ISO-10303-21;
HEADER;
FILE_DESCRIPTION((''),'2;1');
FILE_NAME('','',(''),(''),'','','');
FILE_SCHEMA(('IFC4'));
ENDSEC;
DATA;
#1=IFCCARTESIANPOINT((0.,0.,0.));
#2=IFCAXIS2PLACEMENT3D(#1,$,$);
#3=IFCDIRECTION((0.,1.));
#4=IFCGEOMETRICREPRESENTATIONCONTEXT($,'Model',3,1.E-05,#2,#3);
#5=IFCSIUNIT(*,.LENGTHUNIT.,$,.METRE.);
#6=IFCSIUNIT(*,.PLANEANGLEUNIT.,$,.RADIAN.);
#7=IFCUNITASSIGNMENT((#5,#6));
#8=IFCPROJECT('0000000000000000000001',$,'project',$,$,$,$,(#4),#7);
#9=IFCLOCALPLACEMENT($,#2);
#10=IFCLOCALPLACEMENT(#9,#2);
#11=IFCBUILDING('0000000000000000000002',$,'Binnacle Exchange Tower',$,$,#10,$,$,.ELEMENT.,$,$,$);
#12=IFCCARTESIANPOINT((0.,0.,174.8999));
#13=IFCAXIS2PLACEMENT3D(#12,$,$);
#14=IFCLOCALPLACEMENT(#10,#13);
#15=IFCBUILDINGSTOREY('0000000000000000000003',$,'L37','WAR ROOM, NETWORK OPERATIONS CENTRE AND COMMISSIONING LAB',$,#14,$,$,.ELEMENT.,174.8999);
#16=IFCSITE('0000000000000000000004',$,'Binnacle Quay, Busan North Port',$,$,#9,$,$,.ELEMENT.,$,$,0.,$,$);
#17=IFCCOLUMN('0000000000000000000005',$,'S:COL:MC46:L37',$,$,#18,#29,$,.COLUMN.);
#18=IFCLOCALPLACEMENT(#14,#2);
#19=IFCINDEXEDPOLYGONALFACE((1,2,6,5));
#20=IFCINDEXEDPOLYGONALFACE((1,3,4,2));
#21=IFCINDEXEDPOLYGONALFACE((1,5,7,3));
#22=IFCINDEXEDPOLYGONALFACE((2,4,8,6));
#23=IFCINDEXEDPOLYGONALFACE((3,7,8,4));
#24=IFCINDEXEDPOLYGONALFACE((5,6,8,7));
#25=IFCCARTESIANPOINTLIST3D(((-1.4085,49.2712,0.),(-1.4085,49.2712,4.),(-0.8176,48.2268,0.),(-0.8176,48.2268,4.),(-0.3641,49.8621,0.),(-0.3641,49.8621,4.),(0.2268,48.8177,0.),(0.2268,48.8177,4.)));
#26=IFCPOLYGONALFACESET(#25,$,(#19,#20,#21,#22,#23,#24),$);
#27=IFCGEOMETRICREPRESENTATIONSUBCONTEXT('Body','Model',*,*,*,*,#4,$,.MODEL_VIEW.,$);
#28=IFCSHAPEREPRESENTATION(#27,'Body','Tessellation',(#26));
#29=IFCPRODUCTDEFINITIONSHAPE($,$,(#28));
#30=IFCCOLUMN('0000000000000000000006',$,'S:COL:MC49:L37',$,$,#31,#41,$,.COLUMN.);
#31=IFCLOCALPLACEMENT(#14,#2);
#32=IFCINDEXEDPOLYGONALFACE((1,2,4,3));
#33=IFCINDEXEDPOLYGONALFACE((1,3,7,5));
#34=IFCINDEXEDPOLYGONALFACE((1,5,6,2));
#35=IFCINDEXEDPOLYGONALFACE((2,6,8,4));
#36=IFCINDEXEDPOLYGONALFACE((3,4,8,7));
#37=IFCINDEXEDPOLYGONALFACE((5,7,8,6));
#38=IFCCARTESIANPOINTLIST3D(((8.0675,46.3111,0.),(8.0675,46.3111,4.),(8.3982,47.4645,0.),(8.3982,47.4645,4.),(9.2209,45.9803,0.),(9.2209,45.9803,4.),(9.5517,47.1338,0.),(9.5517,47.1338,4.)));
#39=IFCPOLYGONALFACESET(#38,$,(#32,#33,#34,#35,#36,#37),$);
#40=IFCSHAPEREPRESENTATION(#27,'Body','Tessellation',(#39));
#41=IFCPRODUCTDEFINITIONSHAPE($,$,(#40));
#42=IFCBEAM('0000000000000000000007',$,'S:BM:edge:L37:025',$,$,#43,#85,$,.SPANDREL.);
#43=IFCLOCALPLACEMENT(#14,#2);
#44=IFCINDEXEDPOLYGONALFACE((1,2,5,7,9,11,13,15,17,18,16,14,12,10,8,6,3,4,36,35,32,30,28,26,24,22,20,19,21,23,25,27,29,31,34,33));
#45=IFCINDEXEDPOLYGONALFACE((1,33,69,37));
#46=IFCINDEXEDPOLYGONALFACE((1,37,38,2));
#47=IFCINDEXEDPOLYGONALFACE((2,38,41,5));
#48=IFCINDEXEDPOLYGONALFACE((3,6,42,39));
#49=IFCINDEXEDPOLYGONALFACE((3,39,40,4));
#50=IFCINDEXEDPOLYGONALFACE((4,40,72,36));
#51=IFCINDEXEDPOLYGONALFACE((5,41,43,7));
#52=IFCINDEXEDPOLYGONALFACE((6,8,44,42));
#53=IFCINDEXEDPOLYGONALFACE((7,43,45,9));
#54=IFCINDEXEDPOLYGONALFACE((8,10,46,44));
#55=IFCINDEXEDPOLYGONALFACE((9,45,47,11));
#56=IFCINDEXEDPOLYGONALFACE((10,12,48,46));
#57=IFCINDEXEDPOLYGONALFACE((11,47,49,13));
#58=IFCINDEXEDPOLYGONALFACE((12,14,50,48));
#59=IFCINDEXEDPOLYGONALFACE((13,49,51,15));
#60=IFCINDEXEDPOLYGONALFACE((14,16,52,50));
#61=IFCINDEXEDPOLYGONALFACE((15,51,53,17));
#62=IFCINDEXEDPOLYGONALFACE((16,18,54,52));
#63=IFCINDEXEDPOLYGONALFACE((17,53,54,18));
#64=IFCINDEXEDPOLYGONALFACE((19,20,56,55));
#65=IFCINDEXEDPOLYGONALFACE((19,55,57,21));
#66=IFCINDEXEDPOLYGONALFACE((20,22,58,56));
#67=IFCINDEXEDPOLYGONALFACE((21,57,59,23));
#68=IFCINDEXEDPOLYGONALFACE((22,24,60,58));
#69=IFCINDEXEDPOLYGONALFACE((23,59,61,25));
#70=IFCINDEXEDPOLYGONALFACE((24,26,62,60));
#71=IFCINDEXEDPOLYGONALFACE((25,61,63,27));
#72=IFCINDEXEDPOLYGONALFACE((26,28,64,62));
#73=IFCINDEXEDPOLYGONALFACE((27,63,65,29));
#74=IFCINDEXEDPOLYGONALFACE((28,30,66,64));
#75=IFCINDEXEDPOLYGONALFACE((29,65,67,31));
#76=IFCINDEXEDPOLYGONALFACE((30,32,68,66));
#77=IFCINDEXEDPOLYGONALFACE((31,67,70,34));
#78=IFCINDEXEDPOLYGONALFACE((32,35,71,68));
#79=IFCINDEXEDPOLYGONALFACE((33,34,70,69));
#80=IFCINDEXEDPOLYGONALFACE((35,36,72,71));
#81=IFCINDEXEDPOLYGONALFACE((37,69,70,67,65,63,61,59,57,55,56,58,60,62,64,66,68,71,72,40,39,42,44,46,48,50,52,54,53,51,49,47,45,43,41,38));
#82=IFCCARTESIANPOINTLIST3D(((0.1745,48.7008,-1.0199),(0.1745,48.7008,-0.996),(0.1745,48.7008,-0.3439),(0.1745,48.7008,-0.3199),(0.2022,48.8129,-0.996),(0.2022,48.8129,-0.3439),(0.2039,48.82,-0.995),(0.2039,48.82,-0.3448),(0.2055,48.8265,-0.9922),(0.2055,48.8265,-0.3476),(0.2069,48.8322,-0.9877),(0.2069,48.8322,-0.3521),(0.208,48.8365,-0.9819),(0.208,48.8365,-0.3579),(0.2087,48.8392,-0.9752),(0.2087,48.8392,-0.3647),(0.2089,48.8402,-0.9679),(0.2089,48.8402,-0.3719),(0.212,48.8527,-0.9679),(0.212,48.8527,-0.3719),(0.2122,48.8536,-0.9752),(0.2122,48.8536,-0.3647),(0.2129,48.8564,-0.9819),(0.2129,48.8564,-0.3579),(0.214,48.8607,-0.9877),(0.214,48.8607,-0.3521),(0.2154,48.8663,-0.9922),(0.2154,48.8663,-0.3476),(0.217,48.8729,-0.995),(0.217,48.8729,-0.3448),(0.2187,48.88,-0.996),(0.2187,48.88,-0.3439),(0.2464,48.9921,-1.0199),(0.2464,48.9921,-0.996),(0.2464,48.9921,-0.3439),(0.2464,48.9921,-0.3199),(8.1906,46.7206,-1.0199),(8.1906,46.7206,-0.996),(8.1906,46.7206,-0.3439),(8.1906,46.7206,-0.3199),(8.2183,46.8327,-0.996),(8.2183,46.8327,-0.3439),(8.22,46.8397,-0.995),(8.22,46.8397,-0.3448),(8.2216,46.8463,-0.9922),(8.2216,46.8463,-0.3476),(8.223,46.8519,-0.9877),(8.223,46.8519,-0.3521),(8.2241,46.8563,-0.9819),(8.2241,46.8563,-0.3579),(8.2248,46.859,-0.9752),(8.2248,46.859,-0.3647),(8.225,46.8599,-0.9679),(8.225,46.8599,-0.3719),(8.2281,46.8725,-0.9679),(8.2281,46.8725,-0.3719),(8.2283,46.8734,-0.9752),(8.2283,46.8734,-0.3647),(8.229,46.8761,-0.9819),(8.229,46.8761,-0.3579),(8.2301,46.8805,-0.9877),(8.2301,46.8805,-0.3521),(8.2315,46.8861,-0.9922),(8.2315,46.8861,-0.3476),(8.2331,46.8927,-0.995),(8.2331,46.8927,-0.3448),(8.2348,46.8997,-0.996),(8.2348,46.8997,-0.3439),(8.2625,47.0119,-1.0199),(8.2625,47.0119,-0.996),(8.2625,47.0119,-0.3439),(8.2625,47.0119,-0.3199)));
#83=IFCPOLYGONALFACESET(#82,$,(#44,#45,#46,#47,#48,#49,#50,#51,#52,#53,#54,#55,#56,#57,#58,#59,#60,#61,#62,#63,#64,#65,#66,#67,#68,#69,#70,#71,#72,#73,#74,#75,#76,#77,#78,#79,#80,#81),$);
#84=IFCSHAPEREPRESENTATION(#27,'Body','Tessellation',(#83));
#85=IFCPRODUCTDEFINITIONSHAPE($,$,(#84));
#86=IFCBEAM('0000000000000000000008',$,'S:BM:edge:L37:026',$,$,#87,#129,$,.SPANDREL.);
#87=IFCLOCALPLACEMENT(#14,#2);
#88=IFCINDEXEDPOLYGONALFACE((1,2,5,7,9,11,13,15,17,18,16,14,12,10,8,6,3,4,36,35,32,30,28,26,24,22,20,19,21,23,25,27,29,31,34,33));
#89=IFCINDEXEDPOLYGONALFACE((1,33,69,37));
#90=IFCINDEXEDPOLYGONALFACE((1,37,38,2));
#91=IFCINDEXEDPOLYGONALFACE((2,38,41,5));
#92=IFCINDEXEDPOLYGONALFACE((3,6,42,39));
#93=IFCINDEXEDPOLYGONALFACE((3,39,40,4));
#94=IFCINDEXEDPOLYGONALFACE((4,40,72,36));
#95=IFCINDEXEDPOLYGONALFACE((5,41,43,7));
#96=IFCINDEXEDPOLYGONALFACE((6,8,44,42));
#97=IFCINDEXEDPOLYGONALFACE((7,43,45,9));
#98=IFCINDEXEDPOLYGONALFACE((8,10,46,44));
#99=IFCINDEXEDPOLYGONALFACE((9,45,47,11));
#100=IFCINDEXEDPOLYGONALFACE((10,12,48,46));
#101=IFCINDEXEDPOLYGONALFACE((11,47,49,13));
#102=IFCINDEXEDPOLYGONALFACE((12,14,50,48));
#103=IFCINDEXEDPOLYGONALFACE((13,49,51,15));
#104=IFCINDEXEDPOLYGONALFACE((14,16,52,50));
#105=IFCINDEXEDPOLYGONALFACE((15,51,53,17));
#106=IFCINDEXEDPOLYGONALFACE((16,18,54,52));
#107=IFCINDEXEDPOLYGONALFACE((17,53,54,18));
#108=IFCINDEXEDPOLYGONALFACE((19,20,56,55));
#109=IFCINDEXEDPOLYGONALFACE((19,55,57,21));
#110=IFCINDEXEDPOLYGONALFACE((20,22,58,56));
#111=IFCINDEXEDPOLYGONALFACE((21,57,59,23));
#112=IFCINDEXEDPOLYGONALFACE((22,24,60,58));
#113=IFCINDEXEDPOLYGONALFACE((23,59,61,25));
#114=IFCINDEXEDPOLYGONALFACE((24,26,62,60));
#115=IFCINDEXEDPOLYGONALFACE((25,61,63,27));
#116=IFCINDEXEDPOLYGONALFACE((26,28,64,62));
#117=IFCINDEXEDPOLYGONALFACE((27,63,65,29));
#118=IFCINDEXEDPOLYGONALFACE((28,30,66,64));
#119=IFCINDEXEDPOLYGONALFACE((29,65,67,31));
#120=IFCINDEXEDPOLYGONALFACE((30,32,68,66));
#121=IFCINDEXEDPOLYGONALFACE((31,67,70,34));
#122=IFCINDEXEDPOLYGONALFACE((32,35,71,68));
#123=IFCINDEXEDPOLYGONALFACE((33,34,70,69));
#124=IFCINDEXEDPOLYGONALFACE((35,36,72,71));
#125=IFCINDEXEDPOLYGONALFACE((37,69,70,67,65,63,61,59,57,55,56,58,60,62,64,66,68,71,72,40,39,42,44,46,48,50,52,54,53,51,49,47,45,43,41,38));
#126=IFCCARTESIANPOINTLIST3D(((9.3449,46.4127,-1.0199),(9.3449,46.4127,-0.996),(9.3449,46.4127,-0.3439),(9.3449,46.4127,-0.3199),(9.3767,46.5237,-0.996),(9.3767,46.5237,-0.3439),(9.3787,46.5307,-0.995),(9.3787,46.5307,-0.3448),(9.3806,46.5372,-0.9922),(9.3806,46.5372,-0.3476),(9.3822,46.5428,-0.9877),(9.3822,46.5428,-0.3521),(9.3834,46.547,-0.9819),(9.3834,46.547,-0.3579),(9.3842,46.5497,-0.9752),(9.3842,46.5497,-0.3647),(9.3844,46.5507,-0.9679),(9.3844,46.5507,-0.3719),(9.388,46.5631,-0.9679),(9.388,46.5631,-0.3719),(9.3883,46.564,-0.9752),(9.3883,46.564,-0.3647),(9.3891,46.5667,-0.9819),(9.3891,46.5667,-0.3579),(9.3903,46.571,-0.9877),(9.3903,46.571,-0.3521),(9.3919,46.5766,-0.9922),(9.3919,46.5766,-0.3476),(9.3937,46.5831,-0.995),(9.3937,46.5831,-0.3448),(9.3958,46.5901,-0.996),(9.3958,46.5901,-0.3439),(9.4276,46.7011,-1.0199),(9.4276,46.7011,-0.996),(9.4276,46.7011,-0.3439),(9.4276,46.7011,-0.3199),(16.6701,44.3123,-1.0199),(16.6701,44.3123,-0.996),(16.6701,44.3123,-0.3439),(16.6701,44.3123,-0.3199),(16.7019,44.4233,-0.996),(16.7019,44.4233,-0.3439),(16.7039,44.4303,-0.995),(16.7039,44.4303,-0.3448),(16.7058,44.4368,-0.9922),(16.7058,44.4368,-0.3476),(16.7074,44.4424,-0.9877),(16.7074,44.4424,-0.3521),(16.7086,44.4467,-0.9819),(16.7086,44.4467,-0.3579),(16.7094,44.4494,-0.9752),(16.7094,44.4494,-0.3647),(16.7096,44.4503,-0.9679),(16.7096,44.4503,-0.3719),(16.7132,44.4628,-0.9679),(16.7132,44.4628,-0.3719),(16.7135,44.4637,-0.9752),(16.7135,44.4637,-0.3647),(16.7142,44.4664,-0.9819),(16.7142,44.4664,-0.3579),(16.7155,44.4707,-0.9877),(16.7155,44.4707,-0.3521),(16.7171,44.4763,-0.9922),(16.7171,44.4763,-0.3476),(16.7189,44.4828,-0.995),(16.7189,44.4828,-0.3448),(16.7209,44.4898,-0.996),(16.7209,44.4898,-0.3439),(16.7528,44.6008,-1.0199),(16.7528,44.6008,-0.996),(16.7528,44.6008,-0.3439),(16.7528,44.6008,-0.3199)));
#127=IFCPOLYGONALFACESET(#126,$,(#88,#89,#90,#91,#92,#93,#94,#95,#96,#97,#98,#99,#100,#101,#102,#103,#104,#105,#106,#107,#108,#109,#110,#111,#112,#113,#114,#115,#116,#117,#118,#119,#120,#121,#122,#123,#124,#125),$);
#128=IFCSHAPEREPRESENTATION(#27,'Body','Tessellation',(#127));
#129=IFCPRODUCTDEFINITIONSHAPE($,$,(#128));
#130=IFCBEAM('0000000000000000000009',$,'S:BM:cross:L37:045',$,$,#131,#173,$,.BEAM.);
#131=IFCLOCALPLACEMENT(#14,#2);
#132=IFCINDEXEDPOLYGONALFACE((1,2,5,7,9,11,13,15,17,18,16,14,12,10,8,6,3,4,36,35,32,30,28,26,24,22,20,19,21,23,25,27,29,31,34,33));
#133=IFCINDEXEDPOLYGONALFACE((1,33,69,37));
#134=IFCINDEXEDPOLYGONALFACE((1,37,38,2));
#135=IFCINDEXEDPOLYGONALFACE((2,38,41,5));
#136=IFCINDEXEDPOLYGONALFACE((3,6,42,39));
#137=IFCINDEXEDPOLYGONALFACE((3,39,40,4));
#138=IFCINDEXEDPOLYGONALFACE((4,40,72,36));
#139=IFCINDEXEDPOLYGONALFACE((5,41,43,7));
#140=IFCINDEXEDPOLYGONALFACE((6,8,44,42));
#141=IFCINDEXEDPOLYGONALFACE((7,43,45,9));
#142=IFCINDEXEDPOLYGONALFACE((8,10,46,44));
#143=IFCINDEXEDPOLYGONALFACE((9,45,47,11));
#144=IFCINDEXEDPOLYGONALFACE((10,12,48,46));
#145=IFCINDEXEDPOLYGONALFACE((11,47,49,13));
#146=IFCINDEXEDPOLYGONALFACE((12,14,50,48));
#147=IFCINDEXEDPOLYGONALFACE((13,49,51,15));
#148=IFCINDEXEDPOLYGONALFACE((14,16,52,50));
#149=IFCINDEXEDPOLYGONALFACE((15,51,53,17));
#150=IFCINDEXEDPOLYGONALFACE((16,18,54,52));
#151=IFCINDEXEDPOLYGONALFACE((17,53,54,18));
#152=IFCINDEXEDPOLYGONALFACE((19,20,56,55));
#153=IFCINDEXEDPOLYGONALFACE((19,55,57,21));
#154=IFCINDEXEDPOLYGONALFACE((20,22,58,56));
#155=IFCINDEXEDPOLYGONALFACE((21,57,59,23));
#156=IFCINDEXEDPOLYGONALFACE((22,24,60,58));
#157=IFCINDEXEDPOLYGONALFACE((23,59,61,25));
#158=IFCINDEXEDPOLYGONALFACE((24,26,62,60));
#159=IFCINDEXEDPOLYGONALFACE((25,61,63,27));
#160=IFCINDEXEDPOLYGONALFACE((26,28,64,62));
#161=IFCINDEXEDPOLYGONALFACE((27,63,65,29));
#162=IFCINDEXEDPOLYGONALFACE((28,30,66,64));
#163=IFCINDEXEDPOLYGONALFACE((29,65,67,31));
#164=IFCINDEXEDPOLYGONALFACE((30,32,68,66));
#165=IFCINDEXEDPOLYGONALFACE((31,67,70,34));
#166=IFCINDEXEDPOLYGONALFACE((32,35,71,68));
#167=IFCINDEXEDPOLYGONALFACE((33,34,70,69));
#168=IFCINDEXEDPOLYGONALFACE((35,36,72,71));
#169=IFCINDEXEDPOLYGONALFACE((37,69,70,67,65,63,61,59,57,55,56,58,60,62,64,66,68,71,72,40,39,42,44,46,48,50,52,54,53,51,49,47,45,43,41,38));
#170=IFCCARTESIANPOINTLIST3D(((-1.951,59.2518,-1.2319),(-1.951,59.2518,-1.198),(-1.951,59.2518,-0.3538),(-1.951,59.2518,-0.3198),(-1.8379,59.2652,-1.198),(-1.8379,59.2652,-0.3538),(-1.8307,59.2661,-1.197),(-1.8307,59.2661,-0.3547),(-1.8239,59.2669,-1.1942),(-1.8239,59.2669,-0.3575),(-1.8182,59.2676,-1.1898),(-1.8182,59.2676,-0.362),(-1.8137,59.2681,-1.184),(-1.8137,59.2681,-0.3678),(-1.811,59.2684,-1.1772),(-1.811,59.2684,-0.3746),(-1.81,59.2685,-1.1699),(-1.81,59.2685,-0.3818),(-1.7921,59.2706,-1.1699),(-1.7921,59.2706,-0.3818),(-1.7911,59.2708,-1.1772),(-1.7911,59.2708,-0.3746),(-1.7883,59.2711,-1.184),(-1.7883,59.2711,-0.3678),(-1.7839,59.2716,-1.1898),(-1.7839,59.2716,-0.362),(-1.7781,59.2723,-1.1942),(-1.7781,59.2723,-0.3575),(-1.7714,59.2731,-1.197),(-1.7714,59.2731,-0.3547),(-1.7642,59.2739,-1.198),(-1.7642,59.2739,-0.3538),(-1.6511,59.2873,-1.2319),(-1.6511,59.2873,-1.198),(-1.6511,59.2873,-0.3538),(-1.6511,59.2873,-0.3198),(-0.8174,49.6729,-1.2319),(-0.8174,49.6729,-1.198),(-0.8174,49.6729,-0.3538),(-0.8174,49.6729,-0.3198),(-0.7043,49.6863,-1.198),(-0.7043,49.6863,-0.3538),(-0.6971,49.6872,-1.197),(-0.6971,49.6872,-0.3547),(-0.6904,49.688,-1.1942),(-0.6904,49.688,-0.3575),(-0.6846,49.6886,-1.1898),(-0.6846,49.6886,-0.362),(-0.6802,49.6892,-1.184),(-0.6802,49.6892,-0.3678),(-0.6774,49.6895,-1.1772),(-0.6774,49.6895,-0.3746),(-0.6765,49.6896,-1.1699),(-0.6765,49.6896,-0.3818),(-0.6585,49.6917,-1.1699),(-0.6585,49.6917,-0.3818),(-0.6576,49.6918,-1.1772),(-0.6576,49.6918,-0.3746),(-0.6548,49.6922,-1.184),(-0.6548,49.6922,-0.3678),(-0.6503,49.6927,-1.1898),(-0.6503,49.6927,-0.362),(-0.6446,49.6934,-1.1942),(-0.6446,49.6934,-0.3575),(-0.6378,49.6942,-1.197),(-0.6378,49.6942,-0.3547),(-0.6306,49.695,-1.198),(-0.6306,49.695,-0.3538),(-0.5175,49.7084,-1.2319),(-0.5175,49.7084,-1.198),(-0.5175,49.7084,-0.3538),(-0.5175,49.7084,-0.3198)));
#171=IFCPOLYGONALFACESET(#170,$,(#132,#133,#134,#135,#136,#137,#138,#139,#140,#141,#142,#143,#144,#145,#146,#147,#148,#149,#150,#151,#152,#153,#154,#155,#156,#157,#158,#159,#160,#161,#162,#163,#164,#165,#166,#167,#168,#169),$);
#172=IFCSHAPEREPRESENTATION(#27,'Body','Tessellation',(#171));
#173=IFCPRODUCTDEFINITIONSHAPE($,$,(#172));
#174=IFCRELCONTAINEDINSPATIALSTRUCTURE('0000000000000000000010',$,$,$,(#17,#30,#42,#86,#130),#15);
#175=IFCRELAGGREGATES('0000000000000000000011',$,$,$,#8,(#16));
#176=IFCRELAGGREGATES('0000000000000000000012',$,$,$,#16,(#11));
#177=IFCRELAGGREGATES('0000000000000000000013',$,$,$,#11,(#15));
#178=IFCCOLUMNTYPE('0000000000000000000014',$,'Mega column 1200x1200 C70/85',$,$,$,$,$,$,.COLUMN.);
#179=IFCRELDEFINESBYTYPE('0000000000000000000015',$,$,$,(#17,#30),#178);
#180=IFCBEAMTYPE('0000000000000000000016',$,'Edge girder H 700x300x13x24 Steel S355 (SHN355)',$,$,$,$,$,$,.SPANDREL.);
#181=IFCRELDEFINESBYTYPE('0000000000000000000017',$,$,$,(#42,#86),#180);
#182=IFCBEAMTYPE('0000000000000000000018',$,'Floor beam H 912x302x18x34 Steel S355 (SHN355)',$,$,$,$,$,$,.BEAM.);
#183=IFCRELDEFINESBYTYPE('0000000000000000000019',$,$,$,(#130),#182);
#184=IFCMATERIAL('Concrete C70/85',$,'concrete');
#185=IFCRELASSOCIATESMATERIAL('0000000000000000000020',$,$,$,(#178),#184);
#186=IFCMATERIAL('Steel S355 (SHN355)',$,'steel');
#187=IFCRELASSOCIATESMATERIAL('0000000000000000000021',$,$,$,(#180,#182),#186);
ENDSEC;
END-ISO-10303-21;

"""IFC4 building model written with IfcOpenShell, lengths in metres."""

from ifc_helpers import new_model, si_unit, direction, frame, origin, origin_2d, place, context, subcontext, project, spatial, rectangle, i_section, extrude, material, material_profile, profile_set, type_object, element, save


model = new_model("IFC4")

# Units and contexts
model_context = context("Model", 3, precision=1e-05, world=origin(), true_north=direction((0.0, 1.0)))
body_context = subcontext(model_context, "Body", "Model", "MODEL_VIEW")
ifc_project = project(units=[si_unit("LENGTHUNIT", "METRE"), si_unit("PLANEANGLEUNIT", "RADIAN")], contexts=[model_context])

# Site, building, storey
site_placement = place(None, origin())
site = spatial("IfcSite", under=ifc_project, at=site_placement, Name="Binnacle Quay, Busan North Port", CompositionType="ELEMENT", RefElevation=0.0)
building_placement = place(site_placement, origin())
building = spatial("IfcBuilding", under=site, at=building_placement, Name="Binnacle Exchange Tower", CompositionType="ELEMENT")
storey_placement = place(building_placement, frame((0.0, 0.0, 174.8999)))
storey = spatial("IfcBuildingStorey", under=building, at=storey_placement, Name="L37", Description="WAR ROOM, NETWORK OPERATIONS CENTRE AND COMMISSIONING LAB", CompositionType="ELEMENT", Elevation=174.8999)

# Columns
ifc_material_1 = material(Name="Concrete C70/85", Category="concrete")
ifc_material_profile_1 = material_profile(ifc_material_1, rectangle(XDim=1.2, YDim=1.2, at=origin_2d()), Name="Mega column 1200x1200 C70/85")
ifc_profile_set_1 = profile_set([ifc_material_profile_1], Name="Concrete C70/85")
column_type = type_object("IfcColumnType", Name="Mega column 1200x1200 C70/85", PredefinedType="COLUMN", material=ifc_profile_set_1)
for number, where, z_axis, x_axis, name in (
    (1, (-0.5908, 49.0444, 0.0), (0.0, 0.0, 1.0), (0.870356, 0.492424, 0.0), "S:COL:MC46:L37"),
    (2, (8.8096, 46.7224, 0.0), (0.0, 0.0, 1.0), (0.961262, -0.275637, 0.0), "S:COL:MC49:L37"),
):
    element("IfcColumn", number, at=place(storey_placement, frame(where, z_axis=z_axis, x_axis=x_axis)), inside=storey, type_object=column_type, Name=name, PredefinedType="COLUMN", context=body_context, shape_type="SweptSolid", body=[
        extrude(rectangle(XDim=1.2, YDim=1.2, at=origin_2d()), origin(), (0.0, 0.0, 1.0), 4.0),
    ])

# Beams
ifc_material_2 = material(Name="Steel S355 (SHN355)", Category="steel")
ifc_material_profile_2 = material_profile(ifc_material_2, i_section(OverallWidth=0.3, OverallDepth=0.7, WebThickness=0.0129, FlangeThickness=0.0239, FilletRadius=0.0281, at=origin_2d()), Name="H 700x300x13x24")
ifc_profile_set_2 = profile_set([ifc_material_profile_2], Name="Steel S355 (SHN355)")
beam_type_1 = type_object("IfcBeamType", Name="Edge girder H 700x300x13x24 Steel S355 (SHN355)", PredefinedType="SPANDREL", material=ifc_profile_set_2)
beam_1_placement = place(storey_placement, frame((0.2104, 48.8464, -0.6699), z_axis=(0.970817, -0.239821, 0.0), x_axis=(0.239821, 0.970817, 0.0)))
element("IfcBeam", 3, at=beam_1_placement, inside=storey, type_object=beam_type_1, Name="S:BM:edge:L37:025", PredefinedType="SPANDREL", context=body_context, shape_type="SweptSolid", body=[
    extrude(i_section(OverallWidth=0.3, OverallDepth=0.7, WebThickness=0.0129, FlangeThickness=0.0239, FilletRadius=0.0281, at=origin_2d()), origin(), (0.0, 0.0, 1.0), 8.2571),
])
beam_2_placement = place(storey_placement, frame((9.3862, 46.5569, -0.6699), z_axis=(0.961266, -0.275622, 0.0), x_axis=(0.275622, 0.961266, 0.0)))
element("IfcBeam", 4, at=beam_2_placement, inside=storey, type_object=beam_type_1, Name="S:BM:edge:L37:026", PredefinedType="SPANDREL", context=body_context, shape_type="SweptSolid", body=[
    extrude(i_section(OverallWidth=0.3, OverallDepth=0.7, WebThickness=0.0129, FlangeThickness=0.0239, FilletRadius=0.0281, at=origin_2d()), origin(), (0.0, 0.0, 1.0), 7.6204),
])
ifc_material_profile_3 = material_profile(ifc_material_2, i_section(OverallWidth=0.302, OverallDepth=0.9121, WebThickness=0.0181, FlangeThickness=0.0339, FilletRadius=0.0281, at=origin_2d()), Name="H 912x302x18x34")
ifc_profile_set_3 = profile_set([ifc_material_profile_3], Name="Steel S355 (SHN355)")
beam_type_2 = type_object("IfcBeamType", Name="Floor beam H 912x302x18x34 Steel S355 (SHN355)", PredefinedType="BEAM", material=ifc_profile_set_3)
beam_3_placement = place(storey_placement, frame((-0.6675, 49.6907, -0.7759), z_axis=(-0.117518, 0.993071, 0.0), x_axis=(-0.993071, -0.117518, 0.0)))
element("IfcBeam", 5, at=beam_3_placement, inside=storey, type_object=beam_type_2, Name="S:BM:cross:L37:045", PredefinedType="BEAM", context=body_context, shape_type="SweptSolid", body=[
    extrude(i_section(OverallWidth=0.302, OverallDepth=0.9121, WebThickness=0.0181, FlangeThickness=0.0339, FilletRadius=0.0281, at=origin_2d()), origin(), (0.0, 0.0, 1.0), 9.6458),
])

save(model, "model.ifc")
